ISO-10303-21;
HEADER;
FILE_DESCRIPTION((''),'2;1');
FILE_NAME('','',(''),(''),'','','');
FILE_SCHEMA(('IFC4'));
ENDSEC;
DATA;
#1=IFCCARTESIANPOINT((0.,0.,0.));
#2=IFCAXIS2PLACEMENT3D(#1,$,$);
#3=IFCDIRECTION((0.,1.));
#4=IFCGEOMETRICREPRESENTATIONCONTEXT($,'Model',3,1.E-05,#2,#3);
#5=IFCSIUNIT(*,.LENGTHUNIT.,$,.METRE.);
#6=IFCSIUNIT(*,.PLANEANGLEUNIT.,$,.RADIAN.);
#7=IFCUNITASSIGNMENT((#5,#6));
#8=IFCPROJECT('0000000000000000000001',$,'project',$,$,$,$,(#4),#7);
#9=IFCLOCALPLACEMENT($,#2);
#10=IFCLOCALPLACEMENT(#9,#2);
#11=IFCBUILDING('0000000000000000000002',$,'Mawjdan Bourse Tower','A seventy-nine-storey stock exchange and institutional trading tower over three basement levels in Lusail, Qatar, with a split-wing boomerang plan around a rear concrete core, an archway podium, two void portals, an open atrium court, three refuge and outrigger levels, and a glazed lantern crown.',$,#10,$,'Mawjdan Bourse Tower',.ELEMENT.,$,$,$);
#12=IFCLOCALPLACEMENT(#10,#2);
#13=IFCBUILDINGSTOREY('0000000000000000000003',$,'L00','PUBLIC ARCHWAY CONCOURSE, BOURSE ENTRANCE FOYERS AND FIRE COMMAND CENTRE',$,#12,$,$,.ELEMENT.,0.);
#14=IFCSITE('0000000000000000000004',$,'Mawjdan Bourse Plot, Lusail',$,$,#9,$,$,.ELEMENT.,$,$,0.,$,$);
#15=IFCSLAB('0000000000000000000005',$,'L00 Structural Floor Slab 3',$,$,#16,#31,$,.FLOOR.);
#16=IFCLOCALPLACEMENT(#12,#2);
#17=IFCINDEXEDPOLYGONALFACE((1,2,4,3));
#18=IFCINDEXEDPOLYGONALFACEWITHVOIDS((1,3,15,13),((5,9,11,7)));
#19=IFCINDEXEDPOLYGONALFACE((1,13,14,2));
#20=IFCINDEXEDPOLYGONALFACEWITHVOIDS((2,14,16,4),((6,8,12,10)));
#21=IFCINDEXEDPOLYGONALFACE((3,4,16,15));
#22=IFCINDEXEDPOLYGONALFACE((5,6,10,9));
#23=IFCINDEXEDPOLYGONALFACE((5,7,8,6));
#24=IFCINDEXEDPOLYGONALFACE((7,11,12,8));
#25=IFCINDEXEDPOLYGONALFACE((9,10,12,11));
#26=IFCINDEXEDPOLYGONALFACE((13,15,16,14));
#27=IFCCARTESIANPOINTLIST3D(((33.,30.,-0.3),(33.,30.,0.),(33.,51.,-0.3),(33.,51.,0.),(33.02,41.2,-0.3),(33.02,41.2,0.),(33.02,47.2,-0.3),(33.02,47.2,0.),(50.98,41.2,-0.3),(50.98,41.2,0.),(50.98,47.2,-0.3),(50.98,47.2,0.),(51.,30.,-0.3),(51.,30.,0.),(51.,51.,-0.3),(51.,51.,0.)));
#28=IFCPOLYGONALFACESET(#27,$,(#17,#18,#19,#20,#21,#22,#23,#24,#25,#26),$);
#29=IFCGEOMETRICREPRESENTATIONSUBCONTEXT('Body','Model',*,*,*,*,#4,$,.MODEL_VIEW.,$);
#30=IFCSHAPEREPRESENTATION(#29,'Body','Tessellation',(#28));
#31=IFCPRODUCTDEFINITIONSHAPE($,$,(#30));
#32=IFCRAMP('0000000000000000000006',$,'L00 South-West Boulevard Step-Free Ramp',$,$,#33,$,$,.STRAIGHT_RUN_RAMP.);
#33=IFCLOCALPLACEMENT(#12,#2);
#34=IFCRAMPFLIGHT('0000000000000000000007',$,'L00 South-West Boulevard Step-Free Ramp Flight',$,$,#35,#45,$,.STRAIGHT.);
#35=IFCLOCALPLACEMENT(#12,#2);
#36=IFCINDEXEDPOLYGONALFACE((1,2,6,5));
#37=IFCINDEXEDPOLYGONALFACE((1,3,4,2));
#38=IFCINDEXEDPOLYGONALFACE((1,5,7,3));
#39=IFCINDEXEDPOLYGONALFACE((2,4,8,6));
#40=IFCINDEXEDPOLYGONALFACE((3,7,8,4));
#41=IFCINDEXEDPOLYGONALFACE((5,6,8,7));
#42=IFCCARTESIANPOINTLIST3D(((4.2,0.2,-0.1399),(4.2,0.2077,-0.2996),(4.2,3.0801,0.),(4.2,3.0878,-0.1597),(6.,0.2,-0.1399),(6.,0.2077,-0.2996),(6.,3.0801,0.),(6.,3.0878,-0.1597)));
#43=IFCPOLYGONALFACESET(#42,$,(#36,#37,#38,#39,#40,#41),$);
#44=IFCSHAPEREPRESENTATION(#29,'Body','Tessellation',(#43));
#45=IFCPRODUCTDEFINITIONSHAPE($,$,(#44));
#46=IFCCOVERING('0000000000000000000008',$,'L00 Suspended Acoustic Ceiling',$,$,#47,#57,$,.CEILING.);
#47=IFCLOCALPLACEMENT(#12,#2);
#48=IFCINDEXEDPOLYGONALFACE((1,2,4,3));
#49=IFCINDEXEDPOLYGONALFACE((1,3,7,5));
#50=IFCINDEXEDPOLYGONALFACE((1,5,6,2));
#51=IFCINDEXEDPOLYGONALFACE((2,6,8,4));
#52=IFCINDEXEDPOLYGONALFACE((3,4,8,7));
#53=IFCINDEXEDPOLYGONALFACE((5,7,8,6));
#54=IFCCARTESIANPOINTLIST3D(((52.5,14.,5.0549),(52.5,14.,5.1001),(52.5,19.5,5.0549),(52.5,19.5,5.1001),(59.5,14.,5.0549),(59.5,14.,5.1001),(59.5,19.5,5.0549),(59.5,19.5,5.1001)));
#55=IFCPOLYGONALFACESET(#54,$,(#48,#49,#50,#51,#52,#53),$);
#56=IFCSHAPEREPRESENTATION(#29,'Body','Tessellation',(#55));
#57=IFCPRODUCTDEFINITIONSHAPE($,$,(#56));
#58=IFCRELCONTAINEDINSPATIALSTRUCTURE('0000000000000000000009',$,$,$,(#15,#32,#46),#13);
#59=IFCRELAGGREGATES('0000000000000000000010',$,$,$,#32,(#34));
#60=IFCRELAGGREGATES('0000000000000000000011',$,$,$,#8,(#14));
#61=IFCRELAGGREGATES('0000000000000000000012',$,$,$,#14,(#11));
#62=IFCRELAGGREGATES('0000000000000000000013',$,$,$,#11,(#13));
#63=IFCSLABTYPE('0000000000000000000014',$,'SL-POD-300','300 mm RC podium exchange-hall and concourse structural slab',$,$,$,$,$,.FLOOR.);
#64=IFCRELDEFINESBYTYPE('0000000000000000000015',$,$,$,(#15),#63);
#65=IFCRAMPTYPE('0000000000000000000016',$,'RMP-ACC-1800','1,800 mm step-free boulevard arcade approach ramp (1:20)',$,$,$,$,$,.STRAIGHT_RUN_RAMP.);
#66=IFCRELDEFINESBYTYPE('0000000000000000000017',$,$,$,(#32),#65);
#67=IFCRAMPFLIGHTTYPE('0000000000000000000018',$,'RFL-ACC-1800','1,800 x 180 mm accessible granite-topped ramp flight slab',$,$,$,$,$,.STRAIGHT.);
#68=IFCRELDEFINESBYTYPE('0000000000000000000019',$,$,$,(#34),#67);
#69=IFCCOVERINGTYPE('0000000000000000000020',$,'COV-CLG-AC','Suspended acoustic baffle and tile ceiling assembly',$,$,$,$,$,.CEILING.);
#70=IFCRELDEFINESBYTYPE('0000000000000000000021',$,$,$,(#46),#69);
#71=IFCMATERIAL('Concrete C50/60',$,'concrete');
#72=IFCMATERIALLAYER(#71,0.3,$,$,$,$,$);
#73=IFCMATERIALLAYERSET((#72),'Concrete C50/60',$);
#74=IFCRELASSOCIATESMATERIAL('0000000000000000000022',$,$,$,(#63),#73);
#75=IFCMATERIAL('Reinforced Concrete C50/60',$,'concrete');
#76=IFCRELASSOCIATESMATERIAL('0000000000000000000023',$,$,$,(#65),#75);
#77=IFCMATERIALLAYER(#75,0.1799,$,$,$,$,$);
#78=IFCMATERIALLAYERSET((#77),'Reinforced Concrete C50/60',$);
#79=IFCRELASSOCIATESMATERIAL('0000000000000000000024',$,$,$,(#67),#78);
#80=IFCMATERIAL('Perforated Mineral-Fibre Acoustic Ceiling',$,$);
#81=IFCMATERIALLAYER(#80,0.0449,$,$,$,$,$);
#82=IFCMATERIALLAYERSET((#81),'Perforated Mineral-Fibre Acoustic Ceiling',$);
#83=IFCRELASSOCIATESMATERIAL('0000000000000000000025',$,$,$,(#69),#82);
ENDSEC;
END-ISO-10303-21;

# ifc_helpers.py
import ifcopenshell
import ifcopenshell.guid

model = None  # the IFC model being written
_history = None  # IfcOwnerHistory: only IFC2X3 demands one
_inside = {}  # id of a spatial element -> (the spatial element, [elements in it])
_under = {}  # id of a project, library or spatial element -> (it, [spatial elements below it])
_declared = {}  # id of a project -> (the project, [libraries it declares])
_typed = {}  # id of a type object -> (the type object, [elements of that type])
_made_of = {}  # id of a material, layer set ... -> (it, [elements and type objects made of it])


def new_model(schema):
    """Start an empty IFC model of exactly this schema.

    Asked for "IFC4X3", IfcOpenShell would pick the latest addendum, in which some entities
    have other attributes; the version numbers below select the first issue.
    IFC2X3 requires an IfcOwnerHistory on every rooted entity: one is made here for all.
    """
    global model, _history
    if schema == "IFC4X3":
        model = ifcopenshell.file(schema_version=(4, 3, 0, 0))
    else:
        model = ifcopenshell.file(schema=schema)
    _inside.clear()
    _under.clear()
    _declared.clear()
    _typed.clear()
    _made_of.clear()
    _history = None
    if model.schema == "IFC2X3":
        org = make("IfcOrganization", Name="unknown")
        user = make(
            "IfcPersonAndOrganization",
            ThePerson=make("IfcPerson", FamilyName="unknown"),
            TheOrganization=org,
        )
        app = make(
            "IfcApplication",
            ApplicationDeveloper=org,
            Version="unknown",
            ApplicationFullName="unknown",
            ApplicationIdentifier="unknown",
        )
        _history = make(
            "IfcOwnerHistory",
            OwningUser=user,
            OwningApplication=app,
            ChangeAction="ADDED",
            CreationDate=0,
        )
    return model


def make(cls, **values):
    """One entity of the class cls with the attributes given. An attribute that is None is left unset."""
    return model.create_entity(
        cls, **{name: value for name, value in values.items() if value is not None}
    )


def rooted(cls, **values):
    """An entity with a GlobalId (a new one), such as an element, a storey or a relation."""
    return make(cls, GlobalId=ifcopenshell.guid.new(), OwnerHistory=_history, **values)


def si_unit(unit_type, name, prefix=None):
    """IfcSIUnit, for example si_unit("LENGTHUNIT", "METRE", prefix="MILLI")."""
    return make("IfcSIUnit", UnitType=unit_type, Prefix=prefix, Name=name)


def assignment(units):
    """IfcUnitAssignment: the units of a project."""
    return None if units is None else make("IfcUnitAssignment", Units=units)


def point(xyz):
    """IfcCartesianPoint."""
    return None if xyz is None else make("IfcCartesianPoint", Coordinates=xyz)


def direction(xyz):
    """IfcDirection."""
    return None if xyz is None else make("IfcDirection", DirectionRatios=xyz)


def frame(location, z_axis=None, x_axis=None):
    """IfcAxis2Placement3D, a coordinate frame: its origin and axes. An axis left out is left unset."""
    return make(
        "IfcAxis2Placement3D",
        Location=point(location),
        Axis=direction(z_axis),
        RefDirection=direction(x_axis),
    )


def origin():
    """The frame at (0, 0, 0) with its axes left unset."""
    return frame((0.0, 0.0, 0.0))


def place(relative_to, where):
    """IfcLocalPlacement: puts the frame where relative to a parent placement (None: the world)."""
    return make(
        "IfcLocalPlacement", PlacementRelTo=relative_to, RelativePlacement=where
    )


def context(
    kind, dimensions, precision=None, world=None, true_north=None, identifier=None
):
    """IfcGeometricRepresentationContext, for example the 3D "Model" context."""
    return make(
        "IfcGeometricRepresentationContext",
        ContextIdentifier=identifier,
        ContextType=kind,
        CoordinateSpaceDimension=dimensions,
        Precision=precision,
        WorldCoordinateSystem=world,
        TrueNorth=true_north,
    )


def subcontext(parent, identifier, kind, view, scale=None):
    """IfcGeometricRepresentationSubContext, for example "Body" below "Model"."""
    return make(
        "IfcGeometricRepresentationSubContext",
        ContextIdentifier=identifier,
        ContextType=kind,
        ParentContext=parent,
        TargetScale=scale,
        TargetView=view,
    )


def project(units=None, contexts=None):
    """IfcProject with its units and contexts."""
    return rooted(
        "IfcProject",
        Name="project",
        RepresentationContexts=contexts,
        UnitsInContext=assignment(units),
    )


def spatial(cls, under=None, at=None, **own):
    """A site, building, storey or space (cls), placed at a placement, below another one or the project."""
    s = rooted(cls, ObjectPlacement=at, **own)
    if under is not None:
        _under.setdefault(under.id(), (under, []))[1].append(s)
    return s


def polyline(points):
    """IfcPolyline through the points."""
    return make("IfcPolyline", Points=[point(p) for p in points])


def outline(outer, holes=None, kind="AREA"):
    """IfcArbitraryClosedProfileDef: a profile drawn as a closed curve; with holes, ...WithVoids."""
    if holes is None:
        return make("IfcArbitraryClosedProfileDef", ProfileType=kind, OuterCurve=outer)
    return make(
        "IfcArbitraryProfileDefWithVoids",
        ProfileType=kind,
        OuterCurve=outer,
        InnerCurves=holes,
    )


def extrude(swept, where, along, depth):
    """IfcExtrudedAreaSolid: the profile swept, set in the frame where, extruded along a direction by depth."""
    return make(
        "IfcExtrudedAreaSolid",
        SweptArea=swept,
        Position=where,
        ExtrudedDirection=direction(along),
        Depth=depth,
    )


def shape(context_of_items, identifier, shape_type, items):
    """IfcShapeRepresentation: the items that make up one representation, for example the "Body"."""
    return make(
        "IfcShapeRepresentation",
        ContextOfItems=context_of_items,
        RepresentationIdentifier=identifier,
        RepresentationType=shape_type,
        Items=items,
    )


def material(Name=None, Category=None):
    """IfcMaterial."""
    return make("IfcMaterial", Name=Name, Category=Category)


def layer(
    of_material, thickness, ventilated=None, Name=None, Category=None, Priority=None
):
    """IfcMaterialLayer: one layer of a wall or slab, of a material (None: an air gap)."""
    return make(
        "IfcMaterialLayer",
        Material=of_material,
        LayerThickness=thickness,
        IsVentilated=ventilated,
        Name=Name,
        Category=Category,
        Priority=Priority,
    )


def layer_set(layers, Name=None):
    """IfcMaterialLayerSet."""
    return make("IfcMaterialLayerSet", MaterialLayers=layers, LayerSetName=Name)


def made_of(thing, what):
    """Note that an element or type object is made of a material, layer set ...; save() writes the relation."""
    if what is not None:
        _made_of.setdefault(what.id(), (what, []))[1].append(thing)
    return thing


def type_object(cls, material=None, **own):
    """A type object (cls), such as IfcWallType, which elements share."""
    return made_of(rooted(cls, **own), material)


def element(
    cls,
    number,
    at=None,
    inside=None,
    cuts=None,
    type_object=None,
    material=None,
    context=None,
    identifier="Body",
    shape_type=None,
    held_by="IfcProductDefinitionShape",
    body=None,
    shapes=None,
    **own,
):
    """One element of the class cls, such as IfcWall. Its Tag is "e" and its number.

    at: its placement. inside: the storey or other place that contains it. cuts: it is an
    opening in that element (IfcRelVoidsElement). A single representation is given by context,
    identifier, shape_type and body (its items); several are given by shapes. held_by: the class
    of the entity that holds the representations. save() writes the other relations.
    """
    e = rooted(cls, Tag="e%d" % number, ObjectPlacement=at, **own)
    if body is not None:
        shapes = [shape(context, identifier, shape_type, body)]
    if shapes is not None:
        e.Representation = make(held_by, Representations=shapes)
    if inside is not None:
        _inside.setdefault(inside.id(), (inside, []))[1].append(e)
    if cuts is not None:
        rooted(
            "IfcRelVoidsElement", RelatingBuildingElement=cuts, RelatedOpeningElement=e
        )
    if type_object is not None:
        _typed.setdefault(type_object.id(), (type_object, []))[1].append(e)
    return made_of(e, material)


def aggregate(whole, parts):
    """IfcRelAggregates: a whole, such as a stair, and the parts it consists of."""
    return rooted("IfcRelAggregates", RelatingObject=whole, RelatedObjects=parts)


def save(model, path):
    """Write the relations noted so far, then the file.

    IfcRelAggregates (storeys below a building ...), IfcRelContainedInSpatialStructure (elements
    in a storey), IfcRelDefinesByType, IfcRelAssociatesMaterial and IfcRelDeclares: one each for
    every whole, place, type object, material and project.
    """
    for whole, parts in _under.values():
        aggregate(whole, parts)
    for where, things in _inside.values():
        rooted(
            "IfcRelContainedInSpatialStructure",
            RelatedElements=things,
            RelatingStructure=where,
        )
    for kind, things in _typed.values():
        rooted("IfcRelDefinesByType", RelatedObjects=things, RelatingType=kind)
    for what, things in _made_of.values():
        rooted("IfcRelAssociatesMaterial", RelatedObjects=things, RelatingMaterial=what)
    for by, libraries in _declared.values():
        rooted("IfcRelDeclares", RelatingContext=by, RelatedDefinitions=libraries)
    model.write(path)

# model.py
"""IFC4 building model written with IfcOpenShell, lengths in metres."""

from ifc_helpers import new_model, si_unit, direction, frame, origin, place, context, subcontext, project, spatial, polyline, outline, extrude, material, layer, layer_set, type_object, element, aggregate, save


model = new_model("IFC4")

# Units and contexts
model_context = context("Model", 3, precision=1e-05, world=origin(), true_north=direction((0.0, 1.0)))
body_context = subcontext(model_context, "Body", "Model", "MODEL_VIEW")
ifc_project = project(units=[si_unit("LENGTHUNIT", "METRE"), si_unit("PLANEANGLEUNIT", "RADIAN")], contexts=[model_context])

# Site, building, storey
site_placement = place(None, origin())
site = spatial("IfcSite", under=ifc_project, at=site_placement, Name="Mawjdan Bourse Plot, Lusail", CompositionType="ELEMENT", RefElevation=0.0)
building_placement = place(site_placement, origin())
building = spatial("IfcBuilding", under=site, at=building_placement, Name="Mawjdan Bourse Tower", Description="A seventy-nine-storey stock exchange and institutional trading tower over three basement levels in Lusail, Qatar, with a split-wing boomerang plan around a rear concrete core, an archway podium, two void portals, an open atrium court, three refuge and outrigger levels, and a glazed lantern crown.", LongName="Mawjdan Bourse Tower", CompositionType="ELEMENT")
storey_placement = place(building_placement, origin())
storey = spatial("IfcBuildingStorey", under=building, at=storey_placement, Name="L00", Description="PUBLIC ARCHWAY CONCOURSE, BOURSE ENTRANCE FOYERS AND FIRE COMMAND CENTRE", CompositionType="ELEMENT", Elevation=0.0)

# Shared definitions
ifc_material_1 = material(Name="Concrete C50/60", Category="concrete")

# Slab
ifc_layer_1 = layer(ifc_material_1, 0.3)
ifc_layer_set_1 = layer_set([ifc_layer_1], Name="Concrete C50/60")
slab_type_1 = type_object("IfcSlabType", Name="SL-POD-300", Description="300 mm RC podium exchange-hall and concourse structural slab", PredefinedType="FLOOR", material=ifc_layer_set_1)
slab_1_placement = place(storey_placement, frame((0.0, 0.0, -0.3)))
element("IfcSlab", 1, at=slab_1_placement, inside=storey, type_object=slab_type_1, Name="L00 Structural Floor Slab 3", PredefinedType="FLOOR", context=body_context, shape_type="SweptSolid", body=[
    extrude(outline(polyline([(33.0, 30.0), (51.0, 30.0), (51.0, 51.0), (33.0, 51.0), (33.0, 30.0)]), holes=[polyline([(50.98, 47.2), (50.98, 41.2), (33.02, 41.2), (33.02, 47.2), (50.98, 47.2)])]), origin(), (0.0, 0.0, 1.0), 0.3),
])

# Ramp, ramp flight
ifc_material_2 = material(Name="Reinforced Concrete C50/60", Category="concrete")
ramp_type = type_object("IfcRampType", Name="RMP-ACC-1800", Description="1,800 mm step-free boulevard arcade approach ramp (1:20)", PredefinedType="STRAIGHT_RUN_RAMP", material=ifc_material_2)
ramp_placement = place(storey_placement, origin())
ramp = element("IfcRamp", 2, at=ramp_placement, inside=storey, type_object=ramp_type, Name="L00 South-West Boulevard Step-Free Ramp", PredefinedType="STRAIGHT_RUN_RAMP")
ifc_layer_2 = layer(ifc_material_2, 0.1799)
ifc_layer_set_2 = layer_set([ifc_layer_2], Name="Reinforced Concrete C50/60")
ramp_flight_type = type_object("IfcRampFlightType", Name="RFL-ACC-1800", Description="1,800 x 180 mm accessible granite-topped ramp flight slab", PredefinedType="STRAIGHT", material=ifc_layer_set_2)
ramp_flight_placement = place(storey_placement, frame((4.2, 0.2, -0.1399), z_axis=(0.0, -0.048514, 0.998822), x_axis=(0.0, 0.998822, 0.048514)))
ramp_flight = element("IfcRampFlight", 3, at=ramp_flight_placement, type_object=ramp_flight_type, Name="L00 South-West Boulevard Step-Free Ramp Flight", PredefinedType="STRAIGHT", context=body_context, shape_type="SweptSolid", body=[
    extrude(outline(polyline([(0.0, 0.0), (2.8835, 0.0), (2.8835, -1.8), (0.0, -1.8), (0.0, 0.0)])), origin(), (0.0, 0.0, -1.0), 0.1599),
])
aggregate(ramp, [ramp_flight])

# Covering
ifc_material_3 = material(Name="Perforated Mineral-Fibre Acoustic Ceiling")
ifc_layer_3 = layer(ifc_material_3, 0.0449)
ifc_layer_set_3 = layer_set([ifc_layer_3], Name="Perforated Mineral-Fibre Acoustic Ceiling")
covering_type = type_object("IfcCoveringType", Name="COV-CLG-AC", Description="Suspended acoustic baffle and tile ceiling assembly", PredefinedType="CEILING", material=ifc_layer_set_3)
covering_placement = place(storey_placement, frame((0.0, 0.0, 5.0549)))
element("IfcCovering", 4, at=covering_placement, inside=storey, type_object=covering_type, Name="L00 Suspended Acoustic Ceiling", PredefinedType="CEILING", context=body_context, shape_type="SweptSolid", body=[
    extrude(outline(polyline([(52.5, 14.0), (59.5, 14.0), (59.5, 19.5), (52.5, 19.5), (52.5, 14.0)])), origin(), (0.0, 0.0, 1.0), 0.0452),
])

save(model, "model.ifc")
